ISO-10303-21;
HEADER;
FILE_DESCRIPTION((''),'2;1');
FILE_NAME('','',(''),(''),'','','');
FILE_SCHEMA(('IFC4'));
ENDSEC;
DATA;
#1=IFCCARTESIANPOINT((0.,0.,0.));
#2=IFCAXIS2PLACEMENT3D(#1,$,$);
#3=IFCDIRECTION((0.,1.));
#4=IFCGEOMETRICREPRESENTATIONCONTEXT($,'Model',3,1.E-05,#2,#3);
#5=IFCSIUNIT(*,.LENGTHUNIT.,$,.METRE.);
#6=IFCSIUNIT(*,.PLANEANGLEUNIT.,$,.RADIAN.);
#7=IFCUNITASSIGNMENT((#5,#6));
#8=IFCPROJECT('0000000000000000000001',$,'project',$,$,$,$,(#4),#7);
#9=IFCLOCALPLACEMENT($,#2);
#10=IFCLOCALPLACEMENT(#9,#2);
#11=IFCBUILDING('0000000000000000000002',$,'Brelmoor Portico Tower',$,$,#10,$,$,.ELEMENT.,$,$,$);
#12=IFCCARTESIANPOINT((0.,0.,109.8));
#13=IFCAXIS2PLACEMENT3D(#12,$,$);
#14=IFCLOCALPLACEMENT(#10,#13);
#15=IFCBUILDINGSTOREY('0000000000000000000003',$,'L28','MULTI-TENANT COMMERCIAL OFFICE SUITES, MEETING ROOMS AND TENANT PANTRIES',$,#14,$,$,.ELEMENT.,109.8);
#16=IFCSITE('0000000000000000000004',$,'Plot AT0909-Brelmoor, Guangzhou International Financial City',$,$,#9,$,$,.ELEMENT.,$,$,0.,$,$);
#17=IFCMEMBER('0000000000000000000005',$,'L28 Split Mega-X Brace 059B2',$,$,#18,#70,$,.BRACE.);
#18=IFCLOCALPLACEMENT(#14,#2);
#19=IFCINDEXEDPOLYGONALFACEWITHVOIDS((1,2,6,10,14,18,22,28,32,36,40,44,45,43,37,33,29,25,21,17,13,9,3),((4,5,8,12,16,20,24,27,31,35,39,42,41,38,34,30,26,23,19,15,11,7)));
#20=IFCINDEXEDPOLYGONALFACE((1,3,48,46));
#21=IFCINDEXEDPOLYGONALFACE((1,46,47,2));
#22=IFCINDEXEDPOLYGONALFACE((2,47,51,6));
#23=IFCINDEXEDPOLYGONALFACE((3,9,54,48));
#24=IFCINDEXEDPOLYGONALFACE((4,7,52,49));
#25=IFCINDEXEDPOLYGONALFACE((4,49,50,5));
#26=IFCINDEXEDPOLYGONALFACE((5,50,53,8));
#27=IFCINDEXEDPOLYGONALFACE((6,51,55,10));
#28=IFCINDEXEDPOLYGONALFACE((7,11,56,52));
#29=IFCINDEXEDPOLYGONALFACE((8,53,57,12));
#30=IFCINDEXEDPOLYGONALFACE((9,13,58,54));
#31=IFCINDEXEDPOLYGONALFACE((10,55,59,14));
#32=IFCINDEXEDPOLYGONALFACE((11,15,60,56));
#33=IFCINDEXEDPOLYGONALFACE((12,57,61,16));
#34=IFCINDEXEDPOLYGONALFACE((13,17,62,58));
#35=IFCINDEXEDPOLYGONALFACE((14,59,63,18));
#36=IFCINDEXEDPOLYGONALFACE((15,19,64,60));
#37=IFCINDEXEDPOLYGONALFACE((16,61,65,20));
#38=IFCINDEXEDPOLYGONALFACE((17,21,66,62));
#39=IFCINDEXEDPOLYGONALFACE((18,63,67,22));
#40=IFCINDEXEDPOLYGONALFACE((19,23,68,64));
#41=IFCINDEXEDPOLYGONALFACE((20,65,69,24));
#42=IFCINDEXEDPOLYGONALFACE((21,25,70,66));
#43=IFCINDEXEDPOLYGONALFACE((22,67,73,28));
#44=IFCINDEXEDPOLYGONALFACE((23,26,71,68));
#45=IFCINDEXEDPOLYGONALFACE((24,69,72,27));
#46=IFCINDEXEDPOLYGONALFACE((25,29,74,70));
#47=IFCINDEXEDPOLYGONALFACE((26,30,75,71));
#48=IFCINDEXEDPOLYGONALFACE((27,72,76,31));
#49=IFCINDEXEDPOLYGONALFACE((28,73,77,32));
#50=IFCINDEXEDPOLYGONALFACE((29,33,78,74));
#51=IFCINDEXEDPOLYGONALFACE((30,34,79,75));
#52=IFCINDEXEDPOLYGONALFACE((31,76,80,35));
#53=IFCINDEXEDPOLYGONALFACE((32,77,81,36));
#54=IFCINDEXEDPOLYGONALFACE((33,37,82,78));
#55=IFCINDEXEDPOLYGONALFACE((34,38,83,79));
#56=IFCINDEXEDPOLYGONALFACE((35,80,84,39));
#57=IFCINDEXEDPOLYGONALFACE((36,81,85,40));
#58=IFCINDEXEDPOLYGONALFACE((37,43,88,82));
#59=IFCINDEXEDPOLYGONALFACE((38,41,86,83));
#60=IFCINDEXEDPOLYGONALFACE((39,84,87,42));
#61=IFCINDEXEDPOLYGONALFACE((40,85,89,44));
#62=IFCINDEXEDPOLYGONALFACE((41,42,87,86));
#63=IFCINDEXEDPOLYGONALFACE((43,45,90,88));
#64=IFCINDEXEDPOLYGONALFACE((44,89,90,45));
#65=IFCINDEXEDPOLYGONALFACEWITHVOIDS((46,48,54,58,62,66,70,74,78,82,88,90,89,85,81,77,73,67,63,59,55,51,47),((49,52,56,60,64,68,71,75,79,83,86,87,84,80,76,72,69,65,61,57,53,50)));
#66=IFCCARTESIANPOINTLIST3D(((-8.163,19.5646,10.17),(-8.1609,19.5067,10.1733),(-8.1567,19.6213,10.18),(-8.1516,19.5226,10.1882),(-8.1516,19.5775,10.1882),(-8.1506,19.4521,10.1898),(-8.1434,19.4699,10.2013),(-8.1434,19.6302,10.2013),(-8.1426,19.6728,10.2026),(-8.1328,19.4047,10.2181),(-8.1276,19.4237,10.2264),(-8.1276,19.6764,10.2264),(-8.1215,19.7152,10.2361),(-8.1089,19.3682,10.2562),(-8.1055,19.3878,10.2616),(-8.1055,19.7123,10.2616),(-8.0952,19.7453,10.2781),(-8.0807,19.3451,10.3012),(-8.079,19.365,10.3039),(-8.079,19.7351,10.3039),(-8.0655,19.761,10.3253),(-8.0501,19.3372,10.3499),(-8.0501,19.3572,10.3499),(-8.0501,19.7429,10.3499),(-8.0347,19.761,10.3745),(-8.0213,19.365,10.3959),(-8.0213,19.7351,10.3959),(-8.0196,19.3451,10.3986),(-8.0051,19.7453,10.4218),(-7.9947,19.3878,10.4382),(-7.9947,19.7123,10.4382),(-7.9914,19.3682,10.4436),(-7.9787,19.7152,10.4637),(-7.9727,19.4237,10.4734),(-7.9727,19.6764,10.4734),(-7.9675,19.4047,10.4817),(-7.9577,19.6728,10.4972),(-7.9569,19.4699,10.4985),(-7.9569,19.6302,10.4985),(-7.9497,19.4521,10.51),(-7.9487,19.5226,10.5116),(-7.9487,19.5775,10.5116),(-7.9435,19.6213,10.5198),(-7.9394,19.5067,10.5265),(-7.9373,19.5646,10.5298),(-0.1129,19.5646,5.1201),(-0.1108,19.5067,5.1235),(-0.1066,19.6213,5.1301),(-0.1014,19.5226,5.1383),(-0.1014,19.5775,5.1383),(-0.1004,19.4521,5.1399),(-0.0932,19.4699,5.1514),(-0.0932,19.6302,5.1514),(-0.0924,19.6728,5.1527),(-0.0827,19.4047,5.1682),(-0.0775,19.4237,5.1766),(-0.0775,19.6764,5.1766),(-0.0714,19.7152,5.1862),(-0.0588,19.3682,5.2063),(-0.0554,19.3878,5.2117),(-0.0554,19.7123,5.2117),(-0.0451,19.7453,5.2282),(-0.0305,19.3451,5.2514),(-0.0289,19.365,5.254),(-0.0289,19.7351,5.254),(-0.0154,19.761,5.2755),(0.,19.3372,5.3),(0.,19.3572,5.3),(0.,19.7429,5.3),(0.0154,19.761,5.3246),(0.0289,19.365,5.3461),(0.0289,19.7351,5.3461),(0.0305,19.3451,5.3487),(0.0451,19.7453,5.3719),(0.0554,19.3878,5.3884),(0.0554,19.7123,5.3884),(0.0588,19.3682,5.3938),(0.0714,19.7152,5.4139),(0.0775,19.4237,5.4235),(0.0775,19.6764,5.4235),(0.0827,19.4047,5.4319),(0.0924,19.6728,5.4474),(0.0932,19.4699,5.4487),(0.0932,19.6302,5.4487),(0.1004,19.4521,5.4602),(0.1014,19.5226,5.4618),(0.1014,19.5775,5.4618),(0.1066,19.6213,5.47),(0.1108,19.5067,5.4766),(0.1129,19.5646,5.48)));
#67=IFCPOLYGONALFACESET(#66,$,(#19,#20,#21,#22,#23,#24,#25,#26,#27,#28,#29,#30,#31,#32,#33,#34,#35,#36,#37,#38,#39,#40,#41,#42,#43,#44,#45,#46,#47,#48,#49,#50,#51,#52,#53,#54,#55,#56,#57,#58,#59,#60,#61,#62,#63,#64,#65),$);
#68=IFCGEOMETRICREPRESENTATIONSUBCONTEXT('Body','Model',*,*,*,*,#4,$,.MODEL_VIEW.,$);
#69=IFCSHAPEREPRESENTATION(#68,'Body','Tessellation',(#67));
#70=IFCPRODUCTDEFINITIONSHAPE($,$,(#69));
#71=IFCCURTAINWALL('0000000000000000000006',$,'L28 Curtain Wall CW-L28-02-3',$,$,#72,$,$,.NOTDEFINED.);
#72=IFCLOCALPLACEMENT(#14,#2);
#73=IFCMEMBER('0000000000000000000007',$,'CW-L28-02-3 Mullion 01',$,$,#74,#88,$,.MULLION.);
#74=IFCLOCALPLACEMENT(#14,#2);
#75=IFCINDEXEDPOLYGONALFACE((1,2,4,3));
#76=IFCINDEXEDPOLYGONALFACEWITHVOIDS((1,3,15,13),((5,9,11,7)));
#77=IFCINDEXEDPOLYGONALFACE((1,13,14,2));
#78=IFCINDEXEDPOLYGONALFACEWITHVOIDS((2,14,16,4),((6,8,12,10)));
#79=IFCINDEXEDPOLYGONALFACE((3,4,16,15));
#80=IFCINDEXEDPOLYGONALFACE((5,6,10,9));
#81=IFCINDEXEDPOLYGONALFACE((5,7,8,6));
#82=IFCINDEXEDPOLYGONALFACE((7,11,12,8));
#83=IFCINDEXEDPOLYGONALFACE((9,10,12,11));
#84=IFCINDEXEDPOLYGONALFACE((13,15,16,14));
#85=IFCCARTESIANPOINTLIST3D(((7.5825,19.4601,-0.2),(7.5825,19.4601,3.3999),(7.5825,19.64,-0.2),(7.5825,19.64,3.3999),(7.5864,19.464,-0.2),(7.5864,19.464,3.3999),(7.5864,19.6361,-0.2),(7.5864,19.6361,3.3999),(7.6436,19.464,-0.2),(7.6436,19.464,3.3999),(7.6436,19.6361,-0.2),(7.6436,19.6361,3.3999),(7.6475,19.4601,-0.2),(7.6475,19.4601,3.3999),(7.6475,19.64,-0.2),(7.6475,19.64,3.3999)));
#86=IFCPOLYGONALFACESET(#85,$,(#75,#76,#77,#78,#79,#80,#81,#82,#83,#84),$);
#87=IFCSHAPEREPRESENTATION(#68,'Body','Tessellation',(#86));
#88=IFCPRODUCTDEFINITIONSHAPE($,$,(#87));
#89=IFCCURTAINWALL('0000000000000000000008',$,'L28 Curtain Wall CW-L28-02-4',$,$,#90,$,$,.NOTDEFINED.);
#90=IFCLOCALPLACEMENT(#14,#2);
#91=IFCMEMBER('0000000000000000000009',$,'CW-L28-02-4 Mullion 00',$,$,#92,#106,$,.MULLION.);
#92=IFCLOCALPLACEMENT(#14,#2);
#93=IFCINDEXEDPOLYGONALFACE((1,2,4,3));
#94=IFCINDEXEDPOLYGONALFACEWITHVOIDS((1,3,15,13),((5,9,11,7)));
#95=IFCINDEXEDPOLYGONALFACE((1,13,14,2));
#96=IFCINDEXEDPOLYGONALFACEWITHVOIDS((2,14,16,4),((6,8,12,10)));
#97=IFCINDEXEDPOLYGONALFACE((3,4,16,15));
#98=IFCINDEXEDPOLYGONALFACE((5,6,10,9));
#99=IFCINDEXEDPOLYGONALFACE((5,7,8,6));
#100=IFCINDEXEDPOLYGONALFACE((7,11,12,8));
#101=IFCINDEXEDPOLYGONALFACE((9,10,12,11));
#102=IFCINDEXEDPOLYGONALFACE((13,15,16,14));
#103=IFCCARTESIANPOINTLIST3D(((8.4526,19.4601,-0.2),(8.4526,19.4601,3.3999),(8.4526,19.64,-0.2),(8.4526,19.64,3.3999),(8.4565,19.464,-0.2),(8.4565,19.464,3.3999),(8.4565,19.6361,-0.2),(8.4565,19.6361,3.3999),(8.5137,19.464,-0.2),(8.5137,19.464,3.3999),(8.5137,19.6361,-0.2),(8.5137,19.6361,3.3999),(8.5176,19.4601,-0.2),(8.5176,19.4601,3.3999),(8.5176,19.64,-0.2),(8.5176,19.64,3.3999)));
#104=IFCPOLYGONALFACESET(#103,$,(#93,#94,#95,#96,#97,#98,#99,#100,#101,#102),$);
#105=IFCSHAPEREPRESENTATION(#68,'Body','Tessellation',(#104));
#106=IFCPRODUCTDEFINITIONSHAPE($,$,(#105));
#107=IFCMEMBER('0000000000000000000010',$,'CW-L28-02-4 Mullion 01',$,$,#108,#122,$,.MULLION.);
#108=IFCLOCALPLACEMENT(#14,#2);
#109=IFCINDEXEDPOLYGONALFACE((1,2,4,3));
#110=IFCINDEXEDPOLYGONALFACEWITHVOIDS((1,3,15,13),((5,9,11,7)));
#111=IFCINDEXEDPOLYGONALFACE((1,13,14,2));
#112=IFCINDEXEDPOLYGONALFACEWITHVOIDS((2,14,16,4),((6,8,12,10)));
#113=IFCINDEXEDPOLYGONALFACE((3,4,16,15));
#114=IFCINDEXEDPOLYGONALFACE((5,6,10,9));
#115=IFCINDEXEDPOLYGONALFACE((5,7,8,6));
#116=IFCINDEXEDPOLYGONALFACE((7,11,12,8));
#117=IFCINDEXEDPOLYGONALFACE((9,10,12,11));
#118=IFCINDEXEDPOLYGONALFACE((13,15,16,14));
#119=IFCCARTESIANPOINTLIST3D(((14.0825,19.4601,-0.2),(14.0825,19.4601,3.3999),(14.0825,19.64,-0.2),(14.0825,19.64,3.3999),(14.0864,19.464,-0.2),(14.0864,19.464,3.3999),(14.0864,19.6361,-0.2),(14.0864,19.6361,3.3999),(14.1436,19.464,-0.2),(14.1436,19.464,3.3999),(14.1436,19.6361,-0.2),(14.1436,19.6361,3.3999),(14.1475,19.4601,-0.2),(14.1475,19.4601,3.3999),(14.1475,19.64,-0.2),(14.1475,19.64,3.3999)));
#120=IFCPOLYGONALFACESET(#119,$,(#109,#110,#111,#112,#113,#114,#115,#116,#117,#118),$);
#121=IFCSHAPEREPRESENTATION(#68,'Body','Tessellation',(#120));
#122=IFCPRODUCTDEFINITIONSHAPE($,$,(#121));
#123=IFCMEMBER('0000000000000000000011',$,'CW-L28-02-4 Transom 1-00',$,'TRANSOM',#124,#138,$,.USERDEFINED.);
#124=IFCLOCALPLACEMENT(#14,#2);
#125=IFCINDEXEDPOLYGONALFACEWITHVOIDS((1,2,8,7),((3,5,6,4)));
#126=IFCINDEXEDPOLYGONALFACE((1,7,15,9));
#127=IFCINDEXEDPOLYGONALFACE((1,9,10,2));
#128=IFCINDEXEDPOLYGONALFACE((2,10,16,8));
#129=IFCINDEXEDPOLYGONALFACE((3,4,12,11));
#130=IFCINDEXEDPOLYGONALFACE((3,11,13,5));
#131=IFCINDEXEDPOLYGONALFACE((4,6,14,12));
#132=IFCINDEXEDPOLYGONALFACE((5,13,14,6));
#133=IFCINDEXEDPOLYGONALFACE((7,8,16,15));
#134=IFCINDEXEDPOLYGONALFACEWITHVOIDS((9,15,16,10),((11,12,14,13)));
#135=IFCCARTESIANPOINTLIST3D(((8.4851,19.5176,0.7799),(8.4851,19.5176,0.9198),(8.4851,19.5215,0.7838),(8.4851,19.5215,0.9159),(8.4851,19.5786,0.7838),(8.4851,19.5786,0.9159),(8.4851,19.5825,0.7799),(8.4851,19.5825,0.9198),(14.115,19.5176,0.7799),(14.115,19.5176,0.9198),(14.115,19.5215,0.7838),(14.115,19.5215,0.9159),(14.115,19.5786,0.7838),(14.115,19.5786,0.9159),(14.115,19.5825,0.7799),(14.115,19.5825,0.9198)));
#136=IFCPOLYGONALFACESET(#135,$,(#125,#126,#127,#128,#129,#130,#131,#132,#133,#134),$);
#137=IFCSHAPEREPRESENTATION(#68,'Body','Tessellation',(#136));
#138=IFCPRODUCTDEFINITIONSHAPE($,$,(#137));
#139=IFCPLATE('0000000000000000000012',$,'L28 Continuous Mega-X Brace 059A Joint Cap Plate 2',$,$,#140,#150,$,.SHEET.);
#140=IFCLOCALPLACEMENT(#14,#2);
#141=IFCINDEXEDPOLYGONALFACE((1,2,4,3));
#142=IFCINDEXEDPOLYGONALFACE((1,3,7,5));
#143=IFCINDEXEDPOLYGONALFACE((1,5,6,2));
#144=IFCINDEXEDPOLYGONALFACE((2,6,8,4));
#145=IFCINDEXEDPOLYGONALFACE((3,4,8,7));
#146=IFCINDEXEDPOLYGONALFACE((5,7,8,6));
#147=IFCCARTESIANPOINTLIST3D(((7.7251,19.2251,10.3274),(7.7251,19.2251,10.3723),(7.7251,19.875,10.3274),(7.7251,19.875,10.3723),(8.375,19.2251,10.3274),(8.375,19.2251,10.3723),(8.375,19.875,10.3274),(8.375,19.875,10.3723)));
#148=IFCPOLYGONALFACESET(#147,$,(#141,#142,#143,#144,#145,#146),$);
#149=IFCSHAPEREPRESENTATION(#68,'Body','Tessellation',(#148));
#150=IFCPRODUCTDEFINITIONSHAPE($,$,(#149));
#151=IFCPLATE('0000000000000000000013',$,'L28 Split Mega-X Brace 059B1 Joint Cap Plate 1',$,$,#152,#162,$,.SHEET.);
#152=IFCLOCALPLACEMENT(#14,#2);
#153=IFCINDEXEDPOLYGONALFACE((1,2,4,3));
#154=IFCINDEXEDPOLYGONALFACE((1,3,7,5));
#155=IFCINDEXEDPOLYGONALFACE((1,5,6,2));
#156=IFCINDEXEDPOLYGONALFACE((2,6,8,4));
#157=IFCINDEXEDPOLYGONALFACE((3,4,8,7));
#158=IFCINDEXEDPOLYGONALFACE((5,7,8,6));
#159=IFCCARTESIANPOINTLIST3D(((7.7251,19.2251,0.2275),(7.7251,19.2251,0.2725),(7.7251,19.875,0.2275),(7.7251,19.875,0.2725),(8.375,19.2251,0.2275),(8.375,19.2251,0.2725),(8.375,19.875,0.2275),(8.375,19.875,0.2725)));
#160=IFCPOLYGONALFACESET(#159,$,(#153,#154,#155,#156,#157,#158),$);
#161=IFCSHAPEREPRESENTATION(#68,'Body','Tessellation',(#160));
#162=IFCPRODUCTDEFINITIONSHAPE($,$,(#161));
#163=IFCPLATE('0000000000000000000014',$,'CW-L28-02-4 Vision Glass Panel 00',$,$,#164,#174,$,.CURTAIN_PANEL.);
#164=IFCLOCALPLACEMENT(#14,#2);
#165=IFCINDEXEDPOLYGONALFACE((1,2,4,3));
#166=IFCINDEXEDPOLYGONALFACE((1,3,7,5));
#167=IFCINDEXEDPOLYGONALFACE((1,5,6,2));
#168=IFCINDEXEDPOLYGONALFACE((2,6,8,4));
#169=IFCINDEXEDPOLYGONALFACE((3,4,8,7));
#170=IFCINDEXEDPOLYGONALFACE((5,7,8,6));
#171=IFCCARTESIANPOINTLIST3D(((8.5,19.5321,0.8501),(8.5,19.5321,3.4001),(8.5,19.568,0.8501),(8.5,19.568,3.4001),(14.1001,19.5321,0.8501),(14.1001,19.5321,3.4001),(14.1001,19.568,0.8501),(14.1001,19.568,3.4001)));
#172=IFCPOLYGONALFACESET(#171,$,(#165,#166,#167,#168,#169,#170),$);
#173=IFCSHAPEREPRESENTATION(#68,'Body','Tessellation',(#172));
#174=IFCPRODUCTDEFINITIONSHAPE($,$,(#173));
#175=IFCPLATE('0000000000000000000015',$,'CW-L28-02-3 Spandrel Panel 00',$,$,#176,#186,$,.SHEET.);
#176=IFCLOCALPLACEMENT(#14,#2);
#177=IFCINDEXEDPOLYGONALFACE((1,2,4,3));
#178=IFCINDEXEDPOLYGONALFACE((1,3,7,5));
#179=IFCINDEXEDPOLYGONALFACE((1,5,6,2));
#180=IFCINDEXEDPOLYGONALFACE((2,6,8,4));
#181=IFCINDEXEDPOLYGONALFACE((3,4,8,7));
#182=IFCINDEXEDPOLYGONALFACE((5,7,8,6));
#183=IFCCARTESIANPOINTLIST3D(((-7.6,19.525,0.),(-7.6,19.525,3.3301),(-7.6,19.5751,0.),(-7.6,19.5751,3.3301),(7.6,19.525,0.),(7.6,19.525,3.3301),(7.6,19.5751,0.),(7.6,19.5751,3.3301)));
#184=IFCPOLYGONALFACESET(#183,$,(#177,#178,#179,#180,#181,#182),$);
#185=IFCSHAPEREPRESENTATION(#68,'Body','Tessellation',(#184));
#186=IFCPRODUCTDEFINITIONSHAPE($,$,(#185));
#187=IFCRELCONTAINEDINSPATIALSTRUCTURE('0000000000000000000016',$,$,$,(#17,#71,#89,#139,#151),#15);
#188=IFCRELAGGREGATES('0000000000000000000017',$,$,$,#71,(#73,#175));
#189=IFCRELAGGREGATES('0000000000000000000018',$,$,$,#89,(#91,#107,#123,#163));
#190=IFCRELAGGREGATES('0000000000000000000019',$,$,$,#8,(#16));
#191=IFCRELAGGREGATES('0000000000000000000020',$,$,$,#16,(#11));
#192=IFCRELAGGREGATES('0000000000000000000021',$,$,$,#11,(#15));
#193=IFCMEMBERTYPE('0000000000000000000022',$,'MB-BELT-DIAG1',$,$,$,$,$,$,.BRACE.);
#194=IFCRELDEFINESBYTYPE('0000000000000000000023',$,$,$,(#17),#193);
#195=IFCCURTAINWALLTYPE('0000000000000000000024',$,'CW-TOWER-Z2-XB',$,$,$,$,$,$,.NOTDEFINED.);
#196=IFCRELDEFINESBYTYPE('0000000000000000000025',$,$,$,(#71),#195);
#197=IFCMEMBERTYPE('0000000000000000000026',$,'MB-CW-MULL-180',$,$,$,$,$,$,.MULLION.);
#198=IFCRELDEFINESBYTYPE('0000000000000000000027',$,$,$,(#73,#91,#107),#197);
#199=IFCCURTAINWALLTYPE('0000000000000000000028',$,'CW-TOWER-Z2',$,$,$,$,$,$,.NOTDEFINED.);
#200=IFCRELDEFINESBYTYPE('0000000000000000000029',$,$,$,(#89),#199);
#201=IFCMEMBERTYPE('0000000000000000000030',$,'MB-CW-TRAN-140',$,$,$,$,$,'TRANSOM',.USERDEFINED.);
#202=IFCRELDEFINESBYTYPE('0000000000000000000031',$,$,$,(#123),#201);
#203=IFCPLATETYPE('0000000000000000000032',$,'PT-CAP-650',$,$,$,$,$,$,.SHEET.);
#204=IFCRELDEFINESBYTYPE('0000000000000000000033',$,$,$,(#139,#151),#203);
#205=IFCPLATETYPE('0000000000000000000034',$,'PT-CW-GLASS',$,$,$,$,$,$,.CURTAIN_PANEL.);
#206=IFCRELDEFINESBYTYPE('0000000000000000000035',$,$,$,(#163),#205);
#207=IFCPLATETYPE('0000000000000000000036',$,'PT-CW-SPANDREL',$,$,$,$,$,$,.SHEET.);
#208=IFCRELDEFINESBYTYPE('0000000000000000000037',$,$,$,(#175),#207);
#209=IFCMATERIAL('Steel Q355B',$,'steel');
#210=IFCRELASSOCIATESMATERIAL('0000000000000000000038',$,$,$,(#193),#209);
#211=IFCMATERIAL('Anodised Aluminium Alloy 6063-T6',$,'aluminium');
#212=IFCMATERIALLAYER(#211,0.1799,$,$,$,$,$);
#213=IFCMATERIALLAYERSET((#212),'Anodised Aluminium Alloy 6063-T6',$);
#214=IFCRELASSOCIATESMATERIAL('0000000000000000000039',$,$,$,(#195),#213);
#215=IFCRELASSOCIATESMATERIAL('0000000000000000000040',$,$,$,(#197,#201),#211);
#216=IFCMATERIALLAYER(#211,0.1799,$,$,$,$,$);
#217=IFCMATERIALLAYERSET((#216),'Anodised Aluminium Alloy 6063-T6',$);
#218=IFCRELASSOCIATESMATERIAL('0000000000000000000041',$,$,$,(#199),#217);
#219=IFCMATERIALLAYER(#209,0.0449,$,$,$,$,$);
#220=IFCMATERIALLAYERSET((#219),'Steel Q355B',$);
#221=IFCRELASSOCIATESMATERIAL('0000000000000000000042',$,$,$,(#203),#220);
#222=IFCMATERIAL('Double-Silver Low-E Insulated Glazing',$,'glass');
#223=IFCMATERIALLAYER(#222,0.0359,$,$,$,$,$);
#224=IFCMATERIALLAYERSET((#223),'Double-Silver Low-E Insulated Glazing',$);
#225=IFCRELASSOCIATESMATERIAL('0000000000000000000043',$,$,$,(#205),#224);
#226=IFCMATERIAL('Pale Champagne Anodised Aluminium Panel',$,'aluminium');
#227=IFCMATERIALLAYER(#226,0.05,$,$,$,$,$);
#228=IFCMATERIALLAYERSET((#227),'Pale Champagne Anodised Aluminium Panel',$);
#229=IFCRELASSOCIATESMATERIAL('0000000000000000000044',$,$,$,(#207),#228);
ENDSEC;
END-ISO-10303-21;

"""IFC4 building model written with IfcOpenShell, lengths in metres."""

from ifc_helpers import new_model, si_unit, direction, frame, origin, origin_2d, place, context, subcontext, project, spatial, rectangle, hollow_rectangle, hollow_circle, extrude, material, layer, layer_set, material_profile, profile_set, type_object, element, aggregate, save


model = new_model("IFC4")

# Units and contexts
model_context = context("Model", 3, precision=1e-05, world=origin(), true_north=direction((0.0, 1.0)))
body_context = subcontext(model_context, "Body", "Model", "MODEL_VIEW")
ifc_project = project(units=[si_unit("LENGTHUNIT", "METRE"), si_unit("PLANEANGLEUNIT", "RADIAN")], contexts=[model_context])

# Site, building, storey
site_placement = place(None, origin())
site = spatial("IfcSite", under=ifc_project, at=site_placement, Name="Plot AT0909-Brelmoor, Guangzhou International Financial City", CompositionType="ELEMENT", RefElevation=0.0)
building_placement = place(site_placement, origin())
building = spatial("IfcBuilding", under=site, at=building_placement, Name="Brelmoor Portico Tower", CompositionType="ELEMENT")
storey_placement = place(building_placement, frame((0.0, 0.0, 109.8)))
storey = spatial("IfcBuildingStorey", under=building, at=storey_placement, Name="L28", Description="MULTI-TENANT COMMERCIAL OFFICE SUITES, MEETING ROOMS AND TENANT PANTRIES", CompositionType="ELEMENT", Elevation=109.8)

# Shared definitions
ifc_material_1 = material(Name="Steel Q355B", Category="steel")

# Member
ifc_material_profile_1 = material_profile(ifc_material_1, hollow_circle(Radius=0.2129, WallThickness=0.02, at=origin_2d()), Name="CHS 426x20")
ifc_profile_set_1 = profile_set([ifc_material_profile_1], Name="Steel Q355B")
member_type_1 = type_object("IfcMemberType", Name="MB-BELT-DIAG1", PredefinedType="BRACE", material=ifc_profile_set_1)
for number, where, z_axis, x_axis, name in (
    (1, (0.0, 19.55, 5.3), (-0.847121, 0.0, 0.5314), (0.0, -1.0, 0.0), "L28 Split Mega-X Brace 059B2"),
):
    element("IfcMember", number, at=place(storey_placement, frame(where, z_axis=z_axis, x_axis=x_axis)), inside=storey, type_object=member_type_1, Name=name, PredefinedType="BRACE", context=body_context, shape_type="SweptSolid", body=[
        extrude(hollow_circle(Radius=0.2129, WallThickness=0.02, at=origin_2d()), origin(), (0.0, 0.0, 1.0), 9.5029),
    ])

# Curtain wall, member
ifc_material_2 = material(Name="Anodised Aluminium Alloy 6063-T6", Category="aluminium")
ifc_layer_1 = layer(ifc_material_2, 0.1799)
ifc_layer_set_1 = layer_set([ifc_layer_1], Name="Anodised Aluminium Alloy 6063-T6")
curtain_wall_type_1 = type_object("IfcCurtainWallType", Name="CW-TOWER-Z2-XB", PredefinedType="NOTDEFINED", material=ifc_layer_set_1)
curtain_wall_1_placement = place(storey_placement, origin())
curtain_wall_1 = element("IfcCurtainWall", 2, at=curtain_wall_1_placement, inside=storey, type_object=curtain_wall_type_1, Name="L28 Curtain Wall CW-L28-02-3", PredefinedType="NOTDEFINED")
ifc_material_profile_2 = material_profile(ifc_material_2, hollow_rectangle(XDim=0.0649, YDim=0.1799, WallThickness=0.0039, at=origin_2d()), Name="ALU MULLION 65x180")
ifc_profile_set_2 = profile_set([ifc_material_profile_2], Name="Anodised Aluminium Alloy 6063-T6")
member_type_2 = type_object("IfcMemberType", Name="MB-CW-MULL-180", PredefinedType="MULLION", material=ifc_profile_set_2)
member_1_placement = place(storey_placement, frame((7.615, 19.55, -0.2), z_axis=(0.0, 0.0, 1.0), x_axis=(1.0, 0.0, 0.0)))
member_1 = element("IfcMember", 3, at=member_1_placement, type_object=member_type_2, Name="CW-L28-02-3 Mullion 01", PredefinedType="MULLION", context=body_context, shape_type="SweptSolid", body=[
    extrude(hollow_rectangle(XDim=0.0649, YDim=0.1799, WallThickness=0.0039, at=origin_2d()), origin(), (0.0, 0.0, 1.0), 3.5999),
])

# Curtain wall, members
ifc_layer_2 = layer(ifc_material_2, 0.1799)
ifc_layer_set_2 = layer_set([ifc_layer_2], Name="Anodised Aluminium Alloy 6063-T6")
curtain_wall_type_2 = type_object("IfcCurtainWallType", Name="CW-TOWER-Z2", PredefinedType="NOTDEFINED", material=ifc_layer_set_2)
curtain_wall_2_placement = place(storey_placement, origin())
curtain_wall_2 = element("IfcCurtainWall", 4, at=curtain_wall_2_placement, inside=storey, type_object=curtain_wall_type_2, Name="L28 Curtain Wall CW-L28-02-4", PredefinedType="NOTDEFINED")
member_2_placement = place(storey_placement, frame((8.4851, 19.55, -0.2), z_axis=(0.0, 0.0, 1.0), x_axis=(1.0, 0.0, 0.0)))
member_2 = element("IfcMember", 5, at=member_2_placement, type_object=member_type_2, Name="CW-L28-02-4 Mullion 00", PredefinedType="MULLION", context=body_context, shape_type="SweptSolid", body=[
    extrude(hollow_rectangle(XDim=0.0649, YDim=0.1799, WallThickness=0.0039, at=origin_2d()), origin(), (0.0, 0.0, 1.0), 3.5999),
])
member_3_placement = place(storey_placement, frame((14.115, 19.55, -0.2), z_axis=(0.0, 0.0, 1.0), x_axis=(1.0, 0.0, 0.0)))
member_3 = element("IfcMember", 6, at=member_3_placement, type_object=member_type_2, Name="CW-L28-02-4 Mullion 01", PredefinedType="MULLION", context=body_context, shape_type="SweptSolid", body=[
    extrude(hollow_rectangle(XDim=0.0649, YDim=0.1799, WallThickness=0.0039, at=origin_2d()), origin(), (0.0, 0.0, 1.0), 3.5999),
])
ifc_material_profile_3 = material_profile(ifc_material_2, hollow_rectangle(XDim=0.0649, YDim=0.1399, WallThickness=0.0039, at=origin_2d()), Name="ALU TRANSOM 65x140")
ifc_profile_set_3 = profile_set([ifc_material_profile_3], Name="Anodised Aluminium Alloy 6063-T6")
member_type_3 = type_object("IfcMemberType", Name="MB-CW-TRAN-140", ElementType="TRANSOM", PredefinedType="USERDEFINED", material=ifc_profile_set_3)
member_4_placement = place(storey_placement, frame((8.4851, 19.55, 0.8499), z_axis=(1.0, 0.0, 0.0), x_axis=(0.0, 1.0, 0.0)))
member_4 = element("IfcMember", 7, at=member_4_placement, type_object=member_type_3, Name="CW-L28-02-4 Transom 1-00", ObjectType="TRANSOM", PredefinedType="USERDEFINED", context=body_context, shape_type="SweptSolid", body=[
    extrude(hollow_rectangle(XDim=0.0649, YDim=0.1399, WallThickness=0.0039, at=origin_2d()), origin(), (0.0, 0.0, 1.0), 5.6299),
])

# Plates
ifc_layer_3 = layer(ifc_material_1, 0.0449)
ifc_layer_set_3 = layer_set([ifc_layer_3], Name="Steel Q355B")
plate_type_1 = type_object("IfcPlateType", Name="PT-CAP-650", PredefinedType="SHEET", material=ifc_layer_set_3)
for number, where, z_axis, x_axis, name in (
    (8, (8.05, 19.55, 10.3274), (0.0, 0.0, 1.0), (1.0, 0.0, 0.0), "L28 Continuous Mega-X Brace 059A Joint Cap Plate 2"),
    (9, (8.05, 19.55, 0.2275), (0.0, 0.0, 1.0), (1.0, 0.0, 0.0), "L28 Split Mega-X Brace 059B1 Joint Cap Plate 1"),
):
    element("IfcPlate", number, at=place(storey_placement, frame(where, z_axis=z_axis, x_axis=x_axis)), inside=storey, type_object=plate_type_1, Name=name, PredefinedType="SHEET", context=body_context, shape_type="SweptSolid", body=[
        extrude(rectangle(XDim=0.6499, YDim=0.6499, at=origin_2d()), origin(), (0.0, 0.0, 1.0), 0.0449),
    ])

# Plates
ifc_material_3 = material(Name="Double-Silver Low-E Insulated Glazing", Category="glass")
ifc_layer_4 = layer(ifc_material_3, 0.0359)
ifc_layer_set_4 = layer_set([ifc_layer_4], Name="Double-Silver Low-E Insulated Glazing")
plate_type_2 = type_object("IfcPlateType", Name="PT-CW-GLASS", PredefinedType="CURTAIN_PANEL", material=ifc_layer_set_4)
plate_1_placement = place(storey_placement, frame((11.3, 19.55, 0.8501), z_axis=(0.0, 0.0, 1.0), x_axis=(1.0, 0.0, 0.0)))
plate_1 = element("IfcPlate", 10, at=plate_1_placement, type_object=plate_type_2, Name="CW-L28-02-4 Vision Glass Panel 00", PredefinedType="CURTAIN_PANEL", context=body_context, shape_type="SweptSolid", body=[
    extrude(rectangle(XDim=5.6001, YDim=0.0359, at=origin_2d()), origin(), (0.0, 0.0, 1.0), 2.55),
])
ifc_material_4 = material(Name="Pale Champagne Anodised Aluminium Panel", Category="aluminium")
ifc_layer_5 = layer(ifc_material_4, 0.05)
ifc_layer_set_5 = layer_set([ifc_layer_5], Name="Pale Champagne Anodised Aluminium Panel")
plate_type_3 = type_object("IfcPlateType", Name="PT-CW-SPANDREL", PredefinedType="SHEET", material=ifc_layer_set_5)
plate_2_placement = place(storey_placement, frame((0.0, 19.55, 0.0), z_axis=(0.0, 0.0, 1.0), x_axis=(1.0, 0.0, 0.0)))
plate_2 = element("IfcPlate", 11, at=plate_2_placement, type_object=plate_type_3, Name="CW-L28-02-3 Spandrel Panel 00", PredefinedType="SHEET", context=body_context, shape_type="SweptSolid", body=[
    extrude(rectangle(XDim=15.2, YDim=0.05, at=origin_2d()), origin(), (0.0, 0.0, 1.0), 3.3301),
])
aggregate(curtain_wall_1, [member_1, plate_2])
aggregate(curtain_wall_2, [member_2, member_3, member_4, plate_1])

save(model, "model.ifc")
